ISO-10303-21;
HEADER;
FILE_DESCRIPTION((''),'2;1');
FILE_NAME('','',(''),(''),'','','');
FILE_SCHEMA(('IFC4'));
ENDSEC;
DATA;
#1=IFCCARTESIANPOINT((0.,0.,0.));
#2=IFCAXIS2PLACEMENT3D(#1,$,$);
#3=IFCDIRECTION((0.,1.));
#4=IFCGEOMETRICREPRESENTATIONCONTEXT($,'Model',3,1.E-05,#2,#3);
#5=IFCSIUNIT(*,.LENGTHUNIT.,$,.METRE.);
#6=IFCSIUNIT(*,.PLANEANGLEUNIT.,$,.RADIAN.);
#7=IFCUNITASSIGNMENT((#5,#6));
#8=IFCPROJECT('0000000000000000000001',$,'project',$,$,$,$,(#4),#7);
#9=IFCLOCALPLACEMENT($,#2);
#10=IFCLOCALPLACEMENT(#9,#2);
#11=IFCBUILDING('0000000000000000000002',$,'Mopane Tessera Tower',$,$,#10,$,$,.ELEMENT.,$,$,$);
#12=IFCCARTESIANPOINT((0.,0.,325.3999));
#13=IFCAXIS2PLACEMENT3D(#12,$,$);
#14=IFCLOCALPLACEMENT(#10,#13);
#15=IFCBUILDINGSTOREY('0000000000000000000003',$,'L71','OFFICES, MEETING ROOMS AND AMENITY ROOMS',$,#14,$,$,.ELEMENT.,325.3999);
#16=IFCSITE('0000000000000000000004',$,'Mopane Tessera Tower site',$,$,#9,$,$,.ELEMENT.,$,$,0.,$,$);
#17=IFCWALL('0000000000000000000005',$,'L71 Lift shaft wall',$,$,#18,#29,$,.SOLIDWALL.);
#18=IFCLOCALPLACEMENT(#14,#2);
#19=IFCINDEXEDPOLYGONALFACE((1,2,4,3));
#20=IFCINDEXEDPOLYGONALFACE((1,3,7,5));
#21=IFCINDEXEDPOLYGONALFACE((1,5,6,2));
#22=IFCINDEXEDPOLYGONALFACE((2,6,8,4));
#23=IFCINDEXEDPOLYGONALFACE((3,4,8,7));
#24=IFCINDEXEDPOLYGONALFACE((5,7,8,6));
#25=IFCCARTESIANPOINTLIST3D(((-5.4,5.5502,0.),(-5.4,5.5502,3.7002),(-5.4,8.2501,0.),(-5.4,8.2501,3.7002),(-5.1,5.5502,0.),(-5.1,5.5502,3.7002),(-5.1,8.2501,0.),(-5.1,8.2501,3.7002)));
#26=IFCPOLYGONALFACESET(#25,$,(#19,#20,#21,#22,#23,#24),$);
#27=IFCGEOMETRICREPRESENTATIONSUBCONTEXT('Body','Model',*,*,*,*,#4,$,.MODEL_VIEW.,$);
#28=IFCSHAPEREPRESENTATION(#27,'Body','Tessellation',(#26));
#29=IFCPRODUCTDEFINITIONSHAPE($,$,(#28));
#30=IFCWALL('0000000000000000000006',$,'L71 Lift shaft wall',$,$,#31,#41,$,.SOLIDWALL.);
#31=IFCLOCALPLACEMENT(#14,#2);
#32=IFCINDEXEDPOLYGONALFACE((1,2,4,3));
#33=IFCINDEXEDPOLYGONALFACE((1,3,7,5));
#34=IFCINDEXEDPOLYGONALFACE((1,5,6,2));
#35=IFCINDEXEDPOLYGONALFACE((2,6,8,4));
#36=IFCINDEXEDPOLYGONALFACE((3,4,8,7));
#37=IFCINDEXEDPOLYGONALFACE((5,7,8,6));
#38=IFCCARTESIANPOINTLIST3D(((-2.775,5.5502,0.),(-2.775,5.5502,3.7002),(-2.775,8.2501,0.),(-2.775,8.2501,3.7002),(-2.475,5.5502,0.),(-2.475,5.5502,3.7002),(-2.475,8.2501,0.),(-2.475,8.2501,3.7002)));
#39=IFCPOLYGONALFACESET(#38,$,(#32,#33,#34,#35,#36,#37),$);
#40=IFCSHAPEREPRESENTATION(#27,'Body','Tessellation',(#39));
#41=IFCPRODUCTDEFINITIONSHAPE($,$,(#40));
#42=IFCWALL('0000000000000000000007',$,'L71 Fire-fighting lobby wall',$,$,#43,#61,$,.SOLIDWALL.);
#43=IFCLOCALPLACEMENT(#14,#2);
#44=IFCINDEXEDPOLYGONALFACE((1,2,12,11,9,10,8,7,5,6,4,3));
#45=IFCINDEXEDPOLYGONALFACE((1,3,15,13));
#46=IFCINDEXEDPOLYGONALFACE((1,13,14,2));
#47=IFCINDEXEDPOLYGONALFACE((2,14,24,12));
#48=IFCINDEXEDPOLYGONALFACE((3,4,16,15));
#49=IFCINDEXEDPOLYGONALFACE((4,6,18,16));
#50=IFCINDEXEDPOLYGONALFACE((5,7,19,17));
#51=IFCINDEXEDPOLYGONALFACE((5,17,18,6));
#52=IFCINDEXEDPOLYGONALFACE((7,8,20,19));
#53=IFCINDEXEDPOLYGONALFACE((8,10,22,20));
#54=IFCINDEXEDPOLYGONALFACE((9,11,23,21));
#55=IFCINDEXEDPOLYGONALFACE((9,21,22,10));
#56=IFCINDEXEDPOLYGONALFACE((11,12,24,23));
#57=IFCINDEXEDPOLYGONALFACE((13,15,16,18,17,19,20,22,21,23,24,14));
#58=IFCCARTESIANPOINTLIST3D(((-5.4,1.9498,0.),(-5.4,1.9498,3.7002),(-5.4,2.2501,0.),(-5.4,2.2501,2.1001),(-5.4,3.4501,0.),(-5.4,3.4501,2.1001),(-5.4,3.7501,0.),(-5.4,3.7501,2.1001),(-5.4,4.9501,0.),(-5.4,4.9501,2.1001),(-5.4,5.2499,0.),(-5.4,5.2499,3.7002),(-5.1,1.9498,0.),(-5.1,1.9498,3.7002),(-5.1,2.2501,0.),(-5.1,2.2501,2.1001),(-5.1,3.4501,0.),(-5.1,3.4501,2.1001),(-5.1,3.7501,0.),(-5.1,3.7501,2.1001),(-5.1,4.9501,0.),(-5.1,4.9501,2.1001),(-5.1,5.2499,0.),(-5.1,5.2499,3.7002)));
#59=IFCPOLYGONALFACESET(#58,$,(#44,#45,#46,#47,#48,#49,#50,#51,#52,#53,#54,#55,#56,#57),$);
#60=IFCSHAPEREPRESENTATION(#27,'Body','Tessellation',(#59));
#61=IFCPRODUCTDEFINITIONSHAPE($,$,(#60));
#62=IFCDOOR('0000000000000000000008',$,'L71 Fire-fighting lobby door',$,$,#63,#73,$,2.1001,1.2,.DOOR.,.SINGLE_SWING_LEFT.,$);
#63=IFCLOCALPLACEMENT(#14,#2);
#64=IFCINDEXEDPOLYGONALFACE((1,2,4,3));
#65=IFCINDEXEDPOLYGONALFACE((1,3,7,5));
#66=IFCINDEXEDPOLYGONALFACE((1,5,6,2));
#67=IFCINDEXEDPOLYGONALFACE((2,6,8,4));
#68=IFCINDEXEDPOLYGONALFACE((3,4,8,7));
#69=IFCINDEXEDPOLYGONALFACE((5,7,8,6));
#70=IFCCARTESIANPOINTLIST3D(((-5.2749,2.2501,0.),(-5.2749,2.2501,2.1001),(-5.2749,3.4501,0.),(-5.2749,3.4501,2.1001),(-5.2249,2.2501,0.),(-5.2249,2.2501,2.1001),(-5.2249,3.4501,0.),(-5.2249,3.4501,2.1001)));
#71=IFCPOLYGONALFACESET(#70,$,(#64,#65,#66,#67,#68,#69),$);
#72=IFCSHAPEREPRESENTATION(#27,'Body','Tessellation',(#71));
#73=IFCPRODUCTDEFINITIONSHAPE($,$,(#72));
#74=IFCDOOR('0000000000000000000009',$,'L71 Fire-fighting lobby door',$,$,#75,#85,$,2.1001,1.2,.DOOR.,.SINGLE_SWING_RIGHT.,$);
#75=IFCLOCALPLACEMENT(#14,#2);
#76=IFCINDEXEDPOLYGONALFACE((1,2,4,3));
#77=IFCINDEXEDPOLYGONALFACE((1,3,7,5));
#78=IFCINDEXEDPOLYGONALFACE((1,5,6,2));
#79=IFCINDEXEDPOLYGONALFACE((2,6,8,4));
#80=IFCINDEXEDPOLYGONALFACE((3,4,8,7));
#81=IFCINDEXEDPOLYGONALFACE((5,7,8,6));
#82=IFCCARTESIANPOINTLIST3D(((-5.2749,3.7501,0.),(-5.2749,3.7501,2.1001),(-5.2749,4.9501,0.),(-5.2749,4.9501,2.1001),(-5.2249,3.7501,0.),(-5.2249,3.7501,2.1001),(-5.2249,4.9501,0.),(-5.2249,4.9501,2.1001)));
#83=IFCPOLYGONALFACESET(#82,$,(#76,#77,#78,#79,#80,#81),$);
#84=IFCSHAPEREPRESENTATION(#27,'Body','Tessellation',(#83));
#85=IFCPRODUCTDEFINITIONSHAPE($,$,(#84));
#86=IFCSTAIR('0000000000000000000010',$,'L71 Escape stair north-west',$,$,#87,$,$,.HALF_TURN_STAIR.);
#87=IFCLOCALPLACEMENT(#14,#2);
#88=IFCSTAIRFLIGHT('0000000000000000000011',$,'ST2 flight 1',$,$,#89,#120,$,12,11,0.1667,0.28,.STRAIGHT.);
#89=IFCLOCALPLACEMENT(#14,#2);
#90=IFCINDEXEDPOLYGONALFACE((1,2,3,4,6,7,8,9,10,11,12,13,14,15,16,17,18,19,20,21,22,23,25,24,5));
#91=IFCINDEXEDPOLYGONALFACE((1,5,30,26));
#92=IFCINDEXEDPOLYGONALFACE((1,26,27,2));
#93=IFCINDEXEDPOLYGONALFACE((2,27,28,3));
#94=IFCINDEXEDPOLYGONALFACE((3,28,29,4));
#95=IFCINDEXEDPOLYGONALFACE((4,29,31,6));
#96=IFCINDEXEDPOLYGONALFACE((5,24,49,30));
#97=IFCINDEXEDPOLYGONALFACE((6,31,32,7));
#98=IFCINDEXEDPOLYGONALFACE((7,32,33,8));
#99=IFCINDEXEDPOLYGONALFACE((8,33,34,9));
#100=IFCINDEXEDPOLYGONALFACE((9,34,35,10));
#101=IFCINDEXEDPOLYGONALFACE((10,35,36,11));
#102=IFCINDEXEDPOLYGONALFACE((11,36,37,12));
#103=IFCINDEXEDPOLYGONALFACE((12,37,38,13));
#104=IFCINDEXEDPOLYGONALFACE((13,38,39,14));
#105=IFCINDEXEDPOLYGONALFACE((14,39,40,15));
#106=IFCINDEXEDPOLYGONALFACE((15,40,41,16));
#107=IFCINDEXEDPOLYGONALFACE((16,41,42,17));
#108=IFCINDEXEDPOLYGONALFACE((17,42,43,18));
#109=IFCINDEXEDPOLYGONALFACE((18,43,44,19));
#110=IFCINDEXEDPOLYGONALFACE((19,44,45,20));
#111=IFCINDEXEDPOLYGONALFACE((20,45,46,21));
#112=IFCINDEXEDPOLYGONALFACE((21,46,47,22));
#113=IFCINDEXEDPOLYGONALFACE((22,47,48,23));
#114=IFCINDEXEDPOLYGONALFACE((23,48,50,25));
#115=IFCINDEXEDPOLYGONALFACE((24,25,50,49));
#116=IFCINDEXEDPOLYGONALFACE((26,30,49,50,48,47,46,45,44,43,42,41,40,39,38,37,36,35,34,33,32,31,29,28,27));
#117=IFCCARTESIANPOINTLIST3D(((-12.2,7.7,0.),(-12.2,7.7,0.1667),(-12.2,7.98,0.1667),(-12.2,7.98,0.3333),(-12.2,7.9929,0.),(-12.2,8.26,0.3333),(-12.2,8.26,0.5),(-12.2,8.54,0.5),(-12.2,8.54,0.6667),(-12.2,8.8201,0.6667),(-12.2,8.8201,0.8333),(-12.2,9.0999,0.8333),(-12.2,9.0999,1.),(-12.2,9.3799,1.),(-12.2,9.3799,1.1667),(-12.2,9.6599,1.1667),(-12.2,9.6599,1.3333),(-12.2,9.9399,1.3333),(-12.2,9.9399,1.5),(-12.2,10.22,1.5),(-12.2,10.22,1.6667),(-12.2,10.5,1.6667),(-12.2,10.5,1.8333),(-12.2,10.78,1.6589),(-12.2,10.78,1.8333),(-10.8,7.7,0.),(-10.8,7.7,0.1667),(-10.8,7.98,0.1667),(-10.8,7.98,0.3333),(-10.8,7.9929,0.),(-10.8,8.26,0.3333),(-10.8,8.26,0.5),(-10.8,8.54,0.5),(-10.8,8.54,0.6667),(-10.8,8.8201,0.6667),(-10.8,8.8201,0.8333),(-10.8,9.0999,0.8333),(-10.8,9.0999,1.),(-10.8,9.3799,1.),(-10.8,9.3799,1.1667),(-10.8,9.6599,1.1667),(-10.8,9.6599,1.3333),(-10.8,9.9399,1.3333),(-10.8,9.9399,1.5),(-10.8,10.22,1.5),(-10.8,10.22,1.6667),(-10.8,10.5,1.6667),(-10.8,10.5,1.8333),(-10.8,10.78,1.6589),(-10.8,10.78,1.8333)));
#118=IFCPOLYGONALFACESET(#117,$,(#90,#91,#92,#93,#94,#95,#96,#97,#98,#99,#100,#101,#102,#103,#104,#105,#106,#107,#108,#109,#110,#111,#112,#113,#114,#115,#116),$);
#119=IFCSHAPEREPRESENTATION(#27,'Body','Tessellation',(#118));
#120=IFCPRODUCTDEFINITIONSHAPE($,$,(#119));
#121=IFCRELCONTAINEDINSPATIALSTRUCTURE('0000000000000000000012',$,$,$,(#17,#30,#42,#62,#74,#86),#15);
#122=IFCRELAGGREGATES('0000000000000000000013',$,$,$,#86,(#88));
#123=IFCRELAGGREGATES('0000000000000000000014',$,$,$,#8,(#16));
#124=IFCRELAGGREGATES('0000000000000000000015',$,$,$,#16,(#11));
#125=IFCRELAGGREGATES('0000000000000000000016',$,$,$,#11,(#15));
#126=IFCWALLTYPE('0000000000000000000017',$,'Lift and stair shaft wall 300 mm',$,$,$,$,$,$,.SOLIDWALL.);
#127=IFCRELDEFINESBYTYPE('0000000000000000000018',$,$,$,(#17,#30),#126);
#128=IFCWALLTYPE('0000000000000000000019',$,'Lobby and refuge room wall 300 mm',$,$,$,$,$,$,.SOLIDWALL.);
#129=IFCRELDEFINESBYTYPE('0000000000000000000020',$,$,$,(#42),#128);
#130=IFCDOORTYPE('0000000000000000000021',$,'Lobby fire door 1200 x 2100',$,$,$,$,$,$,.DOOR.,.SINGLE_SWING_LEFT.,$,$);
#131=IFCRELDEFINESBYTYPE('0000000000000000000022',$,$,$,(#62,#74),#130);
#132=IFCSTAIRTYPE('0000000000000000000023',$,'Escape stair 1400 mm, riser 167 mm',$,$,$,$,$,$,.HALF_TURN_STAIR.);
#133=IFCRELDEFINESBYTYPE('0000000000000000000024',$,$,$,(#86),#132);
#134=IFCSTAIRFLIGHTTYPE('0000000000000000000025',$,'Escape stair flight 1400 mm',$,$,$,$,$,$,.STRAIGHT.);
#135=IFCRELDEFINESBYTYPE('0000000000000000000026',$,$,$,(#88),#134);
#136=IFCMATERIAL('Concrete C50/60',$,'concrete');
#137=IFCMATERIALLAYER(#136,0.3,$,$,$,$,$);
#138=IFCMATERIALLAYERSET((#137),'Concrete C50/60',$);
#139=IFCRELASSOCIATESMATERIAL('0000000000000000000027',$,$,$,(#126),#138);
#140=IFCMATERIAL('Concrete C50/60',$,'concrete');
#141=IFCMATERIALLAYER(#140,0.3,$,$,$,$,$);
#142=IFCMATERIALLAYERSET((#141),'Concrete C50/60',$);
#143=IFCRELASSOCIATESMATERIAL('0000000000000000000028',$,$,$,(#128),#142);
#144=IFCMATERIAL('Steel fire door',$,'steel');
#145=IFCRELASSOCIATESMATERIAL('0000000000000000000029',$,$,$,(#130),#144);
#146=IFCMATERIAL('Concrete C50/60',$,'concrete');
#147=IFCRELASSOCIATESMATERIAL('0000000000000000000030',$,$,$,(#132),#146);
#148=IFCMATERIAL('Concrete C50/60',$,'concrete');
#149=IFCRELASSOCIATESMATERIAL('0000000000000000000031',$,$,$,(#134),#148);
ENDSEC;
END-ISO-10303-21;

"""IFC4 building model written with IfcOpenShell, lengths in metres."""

from ifc_helpers import new_model, si_unit, direction, frame, frame_2d, origin, place, context, subcontext, project, spatial, polyline, rectangle, outline, extrude, material, layer, layer_set, type_object, element, fill, aggregate, save


model = new_model("IFC4")

# Units and contexts
model_context = context("Model", 3, precision=1e-05, world=origin(), true_north=direction((0.0, 1.0)))
body_context = subcontext(model_context, "Body", "Model", "MODEL_VIEW")
ifc_project = project(units=[si_unit("LENGTHUNIT", "METRE"), si_unit("PLANEANGLEUNIT", "RADIAN")], contexts=[model_context])

# Site, building, storey
site_placement = place(None, origin())
site = spatial("IfcSite", under=ifc_project, at=site_placement, Name="Mopane Tessera Tower site", CompositionType="ELEMENT", RefElevation=0.0)
building_placement = place(site_placement, origin())
building = spatial("IfcBuilding", under=site, at=building_placement, Name="Mopane Tessera Tower", CompositionType="ELEMENT")
storey_placement = place(building_placement, frame((0.0, 0.0, 325.3999)))
storey = spatial("IfcBuildingStorey", under=building, at=storey_placement, Name="L71", Description="OFFICES, MEETING ROOMS AND AMENITY ROOMS", CompositionType="ELEMENT", Elevation=325.3999)

# Shared definitions
ifc_material_1 = material(Name="Concrete C50/60", Category="concrete")
ifc_layer_1 = layer(ifc_material_1, 0.3)
ifc_layer_set_1 = layer_set([ifc_layer_1], Name="Concrete C50/60")
wall_type_1 = type_object("IfcWallType", Name="Lift and stair shaft wall 300 mm", PredefinedType="SOLIDWALL", material=ifc_layer_set_1)

# Walls
for number, where, z_axis, x_axis, name in (
    (1, (-5.25, 5.55, 0.0), (0.0, 0.0, 1.0), (0.0, 1.0, 0.0), "L71 Lift shaft wall"),
    (2, (-2.625, 5.55, 0.0), (0.0, 0.0, 1.0), (0.0, 1.0, 0.0), "L71 Lift shaft wall"),
):
    element("IfcWall", number, at=place(storey_placement, frame(where, z_axis=z_axis, x_axis=x_axis)), inside=storey, type_object=wall_type_1, Name=name, PredefinedType="SOLIDWALL", context=body_context, shape_type="SweptSolid", body=[
        extrude(rectangle(XDim=2.7, YDim=0.3, at=frame_2d((1.3501, 0.0))), origin(), (0.0, 0.0, 1.0), 3.7002),
    ])

# Wall, openings, doors
ifc_material_2 = material(Name="Concrete C50/60", Category="concrete")
ifc_layer_2 = layer(ifc_material_2, 0.3)
ifc_layer_set_2 = layer_set([ifc_layer_2], Name="Concrete C50/60")
wall_type_2 = type_object("IfcWallType", Name="Lobby and refuge room wall 300 mm", PredefinedType="SOLIDWALL", material=ifc_layer_set_2)
wall_1_placement = place(storey_placement, frame((-5.25, 1.95, 0.0), z_axis=(0.0, 0.0, 1.0), x_axis=(0.0, 1.0, 0.0)))
wall_1 = element("IfcWall", 3, at=wall_1_placement, inside=storey, type_object=wall_type_2, Name="L71 Fire-fighting lobby wall", PredefinedType="SOLIDWALL", context=body_context, shape_type="SweptSolid", body=[
    extrude(rectangle(XDim=3.3, YDim=0.3, at=frame_2d((1.6499, 0.0))), origin(), (0.0, 0.0, 1.0), 3.7002),
])
opening_1_placement = place(wall_1_placement, frame((0.3, 0.0, 0.0)))
opening_1 = element("IfcOpeningElement", 4, at=opening_1_placement, cuts=wall_1, PredefinedType="OPENING", context=body_context, shape_type="SweptSolid", body=[
    extrude(rectangle(XDim=1.2, YDim=2.1001, at=frame_2d((0.6001, 1.05))), frame((0.0, 0.1621, 0.0), z_axis=(0.0, -1.0, 0.0), x_axis=(1.0, 0.0, 0.0)), (0.0, 0.0, 1.0), 0.324),
])
opening_2_placement = place(wall_1_placement, frame((1.8, 0.0, 0.0)))
opening_2 = element("IfcOpeningElement", 5, at=opening_2_placement, cuts=wall_1, PredefinedType="OPENING", context=body_context, shape_type="SweptSolid", body=[
    extrude(rectangle(XDim=1.2, YDim=2.1001, at=frame_2d((0.6001, 1.05))), frame((0.0, 0.1621, 0.0), z_axis=(0.0, -1.0, 0.0), x_axis=(1.0, 0.0, 0.0)), (0.0, 0.0, 1.0), 0.324),
])
ifc_material_3 = material(Name="Steel fire door", Category="steel")
door_type_1 = type_object("IfcDoorType", Name="Lobby fire door 1200 x 2100", OperationType="SINGLE_SWING_LEFT", PredefinedType="DOOR", material=ifc_material_3)
door_1_placement = place(opening_1_placement, origin())
door_1 = element("IfcDoor", 6, at=door_1_placement, inside=storey, type_object=door_type_1, Name="L71 Fire-fighting lobby door", OperationType="SINGLE_SWING_LEFT", OverallHeight=2.1001, OverallWidth=1.2, PredefinedType="DOOR", context=body_context, shape_type="SweptSolid", body=[
    extrude(rectangle(XDim=1.2, YDim=2.1001, at=frame_2d((0.6001, 1.05))), frame((0.0, 0.0249, 0.0), z_axis=(0.0, -1.0, 0.0), x_axis=(1.0, 0.0, 0.0)), (0.0, 0.0, 1.0), 0.05),
])
fill(opening_1, door_1)
door_2_placement = place(opening_2_placement, origin())
door_2 = element("IfcDoor", 7, at=door_2_placement, inside=storey, type_object=door_type_1, Name="L71 Fire-fighting lobby door", OperationType="SINGLE_SWING_RIGHT", OverallHeight=2.1001, OverallWidth=1.2, PredefinedType="DOOR", context=body_context, shape_type="SweptSolid", body=[
    extrude(rectangle(XDim=1.2, YDim=2.1001, at=frame_2d((0.6001, 1.05))), frame((0.0, 0.0249, 0.0), z_axis=(0.0, -1.0, 0.0), x_axis=(1.0, 0.0, 0.0)), (0.0, 0.0, 1.0), 0.05),
])
fill(opening_2, door_2)

# Stair, stair flight
ifc_material_4 = material(Name="Concrete C50/60", Category="concrete")
stair_type = type_object("IfcStairType", Name="Escape stair 1400 mm, riser 167 mm", PredefinedType="HALF_TURN_STAIR", material=ifc_material_4)
stair_placement = place(storey_placement, origin())
stair = element("IfcStair", 8, at=stair_placement, inside=storey, type_object=stair_type, Name="L71 Escape stair north-west", PredefinedType="HALF_TURN_STAIR")
ifc_material_5 = material(Name="Concrete C50/60", Category="concrete")
stair_flight_type = type_object("IfcStairFlightType", Name="Escape stair flight 1400 mm", PredefinedType="STRAIGHT", material=ifc_material_5)
stair_flight_placement = place(storey_placement, frame((-11.5, 7.7, 0.0), z_axis=(0.0, 0.0, 1.0), x_axis=(0.0, 1.0, 0.0)))
stair_flight = element("IfcStairFlight", 9, at=stair_flight_placement, type_object=stair_flight_type, Name="ST2 flight 1", NumberOfRisers=12, NumberOfTreads=11, PredefinedType="STRAIGHT", RiserHeight=0.1667, TreadLength=0.28, context=body_context, shape_type="SweptSolid", body=[
    extrude(outline(polyline([(0.0, 0.0), (0.0, 0.1667), (0.28, 0.1667), (0.28, 0.3333), (0.5601, 0.3333), (0.5601, 0.5), (0.8401, 0.5), (0.8401, 0.6667), (1.1201, 0.6667), (1.1201, 0.8333), (1.3999, 0.8333), (1.3999, 1.0), (1.6799, 1.0), (1.6799, 1.1667), (1.96, 1.1667), (1.96, 1.3333), (2.24, 1.3333), (2.24, 1.5), (2.52, 1.5), (2.52, 1.6667), (2.8, 1.6667), (2.8, 1.8333), (3.0801, 1.8333), (3.0801, 2.0), (3.0801, 1.6589), (0.293, 0.0), (0.0, 0.0)])), frame((0.0, 0.7, 0.0), z_axis=(0.0, -1.0, 0.0), x_axis=(1.0, 0.0, 0.0)), (0.0, 0.0, 1.0), 1.3999),
])
aggregate(stair, [stair_flight])

save(model, "model.ifc")
